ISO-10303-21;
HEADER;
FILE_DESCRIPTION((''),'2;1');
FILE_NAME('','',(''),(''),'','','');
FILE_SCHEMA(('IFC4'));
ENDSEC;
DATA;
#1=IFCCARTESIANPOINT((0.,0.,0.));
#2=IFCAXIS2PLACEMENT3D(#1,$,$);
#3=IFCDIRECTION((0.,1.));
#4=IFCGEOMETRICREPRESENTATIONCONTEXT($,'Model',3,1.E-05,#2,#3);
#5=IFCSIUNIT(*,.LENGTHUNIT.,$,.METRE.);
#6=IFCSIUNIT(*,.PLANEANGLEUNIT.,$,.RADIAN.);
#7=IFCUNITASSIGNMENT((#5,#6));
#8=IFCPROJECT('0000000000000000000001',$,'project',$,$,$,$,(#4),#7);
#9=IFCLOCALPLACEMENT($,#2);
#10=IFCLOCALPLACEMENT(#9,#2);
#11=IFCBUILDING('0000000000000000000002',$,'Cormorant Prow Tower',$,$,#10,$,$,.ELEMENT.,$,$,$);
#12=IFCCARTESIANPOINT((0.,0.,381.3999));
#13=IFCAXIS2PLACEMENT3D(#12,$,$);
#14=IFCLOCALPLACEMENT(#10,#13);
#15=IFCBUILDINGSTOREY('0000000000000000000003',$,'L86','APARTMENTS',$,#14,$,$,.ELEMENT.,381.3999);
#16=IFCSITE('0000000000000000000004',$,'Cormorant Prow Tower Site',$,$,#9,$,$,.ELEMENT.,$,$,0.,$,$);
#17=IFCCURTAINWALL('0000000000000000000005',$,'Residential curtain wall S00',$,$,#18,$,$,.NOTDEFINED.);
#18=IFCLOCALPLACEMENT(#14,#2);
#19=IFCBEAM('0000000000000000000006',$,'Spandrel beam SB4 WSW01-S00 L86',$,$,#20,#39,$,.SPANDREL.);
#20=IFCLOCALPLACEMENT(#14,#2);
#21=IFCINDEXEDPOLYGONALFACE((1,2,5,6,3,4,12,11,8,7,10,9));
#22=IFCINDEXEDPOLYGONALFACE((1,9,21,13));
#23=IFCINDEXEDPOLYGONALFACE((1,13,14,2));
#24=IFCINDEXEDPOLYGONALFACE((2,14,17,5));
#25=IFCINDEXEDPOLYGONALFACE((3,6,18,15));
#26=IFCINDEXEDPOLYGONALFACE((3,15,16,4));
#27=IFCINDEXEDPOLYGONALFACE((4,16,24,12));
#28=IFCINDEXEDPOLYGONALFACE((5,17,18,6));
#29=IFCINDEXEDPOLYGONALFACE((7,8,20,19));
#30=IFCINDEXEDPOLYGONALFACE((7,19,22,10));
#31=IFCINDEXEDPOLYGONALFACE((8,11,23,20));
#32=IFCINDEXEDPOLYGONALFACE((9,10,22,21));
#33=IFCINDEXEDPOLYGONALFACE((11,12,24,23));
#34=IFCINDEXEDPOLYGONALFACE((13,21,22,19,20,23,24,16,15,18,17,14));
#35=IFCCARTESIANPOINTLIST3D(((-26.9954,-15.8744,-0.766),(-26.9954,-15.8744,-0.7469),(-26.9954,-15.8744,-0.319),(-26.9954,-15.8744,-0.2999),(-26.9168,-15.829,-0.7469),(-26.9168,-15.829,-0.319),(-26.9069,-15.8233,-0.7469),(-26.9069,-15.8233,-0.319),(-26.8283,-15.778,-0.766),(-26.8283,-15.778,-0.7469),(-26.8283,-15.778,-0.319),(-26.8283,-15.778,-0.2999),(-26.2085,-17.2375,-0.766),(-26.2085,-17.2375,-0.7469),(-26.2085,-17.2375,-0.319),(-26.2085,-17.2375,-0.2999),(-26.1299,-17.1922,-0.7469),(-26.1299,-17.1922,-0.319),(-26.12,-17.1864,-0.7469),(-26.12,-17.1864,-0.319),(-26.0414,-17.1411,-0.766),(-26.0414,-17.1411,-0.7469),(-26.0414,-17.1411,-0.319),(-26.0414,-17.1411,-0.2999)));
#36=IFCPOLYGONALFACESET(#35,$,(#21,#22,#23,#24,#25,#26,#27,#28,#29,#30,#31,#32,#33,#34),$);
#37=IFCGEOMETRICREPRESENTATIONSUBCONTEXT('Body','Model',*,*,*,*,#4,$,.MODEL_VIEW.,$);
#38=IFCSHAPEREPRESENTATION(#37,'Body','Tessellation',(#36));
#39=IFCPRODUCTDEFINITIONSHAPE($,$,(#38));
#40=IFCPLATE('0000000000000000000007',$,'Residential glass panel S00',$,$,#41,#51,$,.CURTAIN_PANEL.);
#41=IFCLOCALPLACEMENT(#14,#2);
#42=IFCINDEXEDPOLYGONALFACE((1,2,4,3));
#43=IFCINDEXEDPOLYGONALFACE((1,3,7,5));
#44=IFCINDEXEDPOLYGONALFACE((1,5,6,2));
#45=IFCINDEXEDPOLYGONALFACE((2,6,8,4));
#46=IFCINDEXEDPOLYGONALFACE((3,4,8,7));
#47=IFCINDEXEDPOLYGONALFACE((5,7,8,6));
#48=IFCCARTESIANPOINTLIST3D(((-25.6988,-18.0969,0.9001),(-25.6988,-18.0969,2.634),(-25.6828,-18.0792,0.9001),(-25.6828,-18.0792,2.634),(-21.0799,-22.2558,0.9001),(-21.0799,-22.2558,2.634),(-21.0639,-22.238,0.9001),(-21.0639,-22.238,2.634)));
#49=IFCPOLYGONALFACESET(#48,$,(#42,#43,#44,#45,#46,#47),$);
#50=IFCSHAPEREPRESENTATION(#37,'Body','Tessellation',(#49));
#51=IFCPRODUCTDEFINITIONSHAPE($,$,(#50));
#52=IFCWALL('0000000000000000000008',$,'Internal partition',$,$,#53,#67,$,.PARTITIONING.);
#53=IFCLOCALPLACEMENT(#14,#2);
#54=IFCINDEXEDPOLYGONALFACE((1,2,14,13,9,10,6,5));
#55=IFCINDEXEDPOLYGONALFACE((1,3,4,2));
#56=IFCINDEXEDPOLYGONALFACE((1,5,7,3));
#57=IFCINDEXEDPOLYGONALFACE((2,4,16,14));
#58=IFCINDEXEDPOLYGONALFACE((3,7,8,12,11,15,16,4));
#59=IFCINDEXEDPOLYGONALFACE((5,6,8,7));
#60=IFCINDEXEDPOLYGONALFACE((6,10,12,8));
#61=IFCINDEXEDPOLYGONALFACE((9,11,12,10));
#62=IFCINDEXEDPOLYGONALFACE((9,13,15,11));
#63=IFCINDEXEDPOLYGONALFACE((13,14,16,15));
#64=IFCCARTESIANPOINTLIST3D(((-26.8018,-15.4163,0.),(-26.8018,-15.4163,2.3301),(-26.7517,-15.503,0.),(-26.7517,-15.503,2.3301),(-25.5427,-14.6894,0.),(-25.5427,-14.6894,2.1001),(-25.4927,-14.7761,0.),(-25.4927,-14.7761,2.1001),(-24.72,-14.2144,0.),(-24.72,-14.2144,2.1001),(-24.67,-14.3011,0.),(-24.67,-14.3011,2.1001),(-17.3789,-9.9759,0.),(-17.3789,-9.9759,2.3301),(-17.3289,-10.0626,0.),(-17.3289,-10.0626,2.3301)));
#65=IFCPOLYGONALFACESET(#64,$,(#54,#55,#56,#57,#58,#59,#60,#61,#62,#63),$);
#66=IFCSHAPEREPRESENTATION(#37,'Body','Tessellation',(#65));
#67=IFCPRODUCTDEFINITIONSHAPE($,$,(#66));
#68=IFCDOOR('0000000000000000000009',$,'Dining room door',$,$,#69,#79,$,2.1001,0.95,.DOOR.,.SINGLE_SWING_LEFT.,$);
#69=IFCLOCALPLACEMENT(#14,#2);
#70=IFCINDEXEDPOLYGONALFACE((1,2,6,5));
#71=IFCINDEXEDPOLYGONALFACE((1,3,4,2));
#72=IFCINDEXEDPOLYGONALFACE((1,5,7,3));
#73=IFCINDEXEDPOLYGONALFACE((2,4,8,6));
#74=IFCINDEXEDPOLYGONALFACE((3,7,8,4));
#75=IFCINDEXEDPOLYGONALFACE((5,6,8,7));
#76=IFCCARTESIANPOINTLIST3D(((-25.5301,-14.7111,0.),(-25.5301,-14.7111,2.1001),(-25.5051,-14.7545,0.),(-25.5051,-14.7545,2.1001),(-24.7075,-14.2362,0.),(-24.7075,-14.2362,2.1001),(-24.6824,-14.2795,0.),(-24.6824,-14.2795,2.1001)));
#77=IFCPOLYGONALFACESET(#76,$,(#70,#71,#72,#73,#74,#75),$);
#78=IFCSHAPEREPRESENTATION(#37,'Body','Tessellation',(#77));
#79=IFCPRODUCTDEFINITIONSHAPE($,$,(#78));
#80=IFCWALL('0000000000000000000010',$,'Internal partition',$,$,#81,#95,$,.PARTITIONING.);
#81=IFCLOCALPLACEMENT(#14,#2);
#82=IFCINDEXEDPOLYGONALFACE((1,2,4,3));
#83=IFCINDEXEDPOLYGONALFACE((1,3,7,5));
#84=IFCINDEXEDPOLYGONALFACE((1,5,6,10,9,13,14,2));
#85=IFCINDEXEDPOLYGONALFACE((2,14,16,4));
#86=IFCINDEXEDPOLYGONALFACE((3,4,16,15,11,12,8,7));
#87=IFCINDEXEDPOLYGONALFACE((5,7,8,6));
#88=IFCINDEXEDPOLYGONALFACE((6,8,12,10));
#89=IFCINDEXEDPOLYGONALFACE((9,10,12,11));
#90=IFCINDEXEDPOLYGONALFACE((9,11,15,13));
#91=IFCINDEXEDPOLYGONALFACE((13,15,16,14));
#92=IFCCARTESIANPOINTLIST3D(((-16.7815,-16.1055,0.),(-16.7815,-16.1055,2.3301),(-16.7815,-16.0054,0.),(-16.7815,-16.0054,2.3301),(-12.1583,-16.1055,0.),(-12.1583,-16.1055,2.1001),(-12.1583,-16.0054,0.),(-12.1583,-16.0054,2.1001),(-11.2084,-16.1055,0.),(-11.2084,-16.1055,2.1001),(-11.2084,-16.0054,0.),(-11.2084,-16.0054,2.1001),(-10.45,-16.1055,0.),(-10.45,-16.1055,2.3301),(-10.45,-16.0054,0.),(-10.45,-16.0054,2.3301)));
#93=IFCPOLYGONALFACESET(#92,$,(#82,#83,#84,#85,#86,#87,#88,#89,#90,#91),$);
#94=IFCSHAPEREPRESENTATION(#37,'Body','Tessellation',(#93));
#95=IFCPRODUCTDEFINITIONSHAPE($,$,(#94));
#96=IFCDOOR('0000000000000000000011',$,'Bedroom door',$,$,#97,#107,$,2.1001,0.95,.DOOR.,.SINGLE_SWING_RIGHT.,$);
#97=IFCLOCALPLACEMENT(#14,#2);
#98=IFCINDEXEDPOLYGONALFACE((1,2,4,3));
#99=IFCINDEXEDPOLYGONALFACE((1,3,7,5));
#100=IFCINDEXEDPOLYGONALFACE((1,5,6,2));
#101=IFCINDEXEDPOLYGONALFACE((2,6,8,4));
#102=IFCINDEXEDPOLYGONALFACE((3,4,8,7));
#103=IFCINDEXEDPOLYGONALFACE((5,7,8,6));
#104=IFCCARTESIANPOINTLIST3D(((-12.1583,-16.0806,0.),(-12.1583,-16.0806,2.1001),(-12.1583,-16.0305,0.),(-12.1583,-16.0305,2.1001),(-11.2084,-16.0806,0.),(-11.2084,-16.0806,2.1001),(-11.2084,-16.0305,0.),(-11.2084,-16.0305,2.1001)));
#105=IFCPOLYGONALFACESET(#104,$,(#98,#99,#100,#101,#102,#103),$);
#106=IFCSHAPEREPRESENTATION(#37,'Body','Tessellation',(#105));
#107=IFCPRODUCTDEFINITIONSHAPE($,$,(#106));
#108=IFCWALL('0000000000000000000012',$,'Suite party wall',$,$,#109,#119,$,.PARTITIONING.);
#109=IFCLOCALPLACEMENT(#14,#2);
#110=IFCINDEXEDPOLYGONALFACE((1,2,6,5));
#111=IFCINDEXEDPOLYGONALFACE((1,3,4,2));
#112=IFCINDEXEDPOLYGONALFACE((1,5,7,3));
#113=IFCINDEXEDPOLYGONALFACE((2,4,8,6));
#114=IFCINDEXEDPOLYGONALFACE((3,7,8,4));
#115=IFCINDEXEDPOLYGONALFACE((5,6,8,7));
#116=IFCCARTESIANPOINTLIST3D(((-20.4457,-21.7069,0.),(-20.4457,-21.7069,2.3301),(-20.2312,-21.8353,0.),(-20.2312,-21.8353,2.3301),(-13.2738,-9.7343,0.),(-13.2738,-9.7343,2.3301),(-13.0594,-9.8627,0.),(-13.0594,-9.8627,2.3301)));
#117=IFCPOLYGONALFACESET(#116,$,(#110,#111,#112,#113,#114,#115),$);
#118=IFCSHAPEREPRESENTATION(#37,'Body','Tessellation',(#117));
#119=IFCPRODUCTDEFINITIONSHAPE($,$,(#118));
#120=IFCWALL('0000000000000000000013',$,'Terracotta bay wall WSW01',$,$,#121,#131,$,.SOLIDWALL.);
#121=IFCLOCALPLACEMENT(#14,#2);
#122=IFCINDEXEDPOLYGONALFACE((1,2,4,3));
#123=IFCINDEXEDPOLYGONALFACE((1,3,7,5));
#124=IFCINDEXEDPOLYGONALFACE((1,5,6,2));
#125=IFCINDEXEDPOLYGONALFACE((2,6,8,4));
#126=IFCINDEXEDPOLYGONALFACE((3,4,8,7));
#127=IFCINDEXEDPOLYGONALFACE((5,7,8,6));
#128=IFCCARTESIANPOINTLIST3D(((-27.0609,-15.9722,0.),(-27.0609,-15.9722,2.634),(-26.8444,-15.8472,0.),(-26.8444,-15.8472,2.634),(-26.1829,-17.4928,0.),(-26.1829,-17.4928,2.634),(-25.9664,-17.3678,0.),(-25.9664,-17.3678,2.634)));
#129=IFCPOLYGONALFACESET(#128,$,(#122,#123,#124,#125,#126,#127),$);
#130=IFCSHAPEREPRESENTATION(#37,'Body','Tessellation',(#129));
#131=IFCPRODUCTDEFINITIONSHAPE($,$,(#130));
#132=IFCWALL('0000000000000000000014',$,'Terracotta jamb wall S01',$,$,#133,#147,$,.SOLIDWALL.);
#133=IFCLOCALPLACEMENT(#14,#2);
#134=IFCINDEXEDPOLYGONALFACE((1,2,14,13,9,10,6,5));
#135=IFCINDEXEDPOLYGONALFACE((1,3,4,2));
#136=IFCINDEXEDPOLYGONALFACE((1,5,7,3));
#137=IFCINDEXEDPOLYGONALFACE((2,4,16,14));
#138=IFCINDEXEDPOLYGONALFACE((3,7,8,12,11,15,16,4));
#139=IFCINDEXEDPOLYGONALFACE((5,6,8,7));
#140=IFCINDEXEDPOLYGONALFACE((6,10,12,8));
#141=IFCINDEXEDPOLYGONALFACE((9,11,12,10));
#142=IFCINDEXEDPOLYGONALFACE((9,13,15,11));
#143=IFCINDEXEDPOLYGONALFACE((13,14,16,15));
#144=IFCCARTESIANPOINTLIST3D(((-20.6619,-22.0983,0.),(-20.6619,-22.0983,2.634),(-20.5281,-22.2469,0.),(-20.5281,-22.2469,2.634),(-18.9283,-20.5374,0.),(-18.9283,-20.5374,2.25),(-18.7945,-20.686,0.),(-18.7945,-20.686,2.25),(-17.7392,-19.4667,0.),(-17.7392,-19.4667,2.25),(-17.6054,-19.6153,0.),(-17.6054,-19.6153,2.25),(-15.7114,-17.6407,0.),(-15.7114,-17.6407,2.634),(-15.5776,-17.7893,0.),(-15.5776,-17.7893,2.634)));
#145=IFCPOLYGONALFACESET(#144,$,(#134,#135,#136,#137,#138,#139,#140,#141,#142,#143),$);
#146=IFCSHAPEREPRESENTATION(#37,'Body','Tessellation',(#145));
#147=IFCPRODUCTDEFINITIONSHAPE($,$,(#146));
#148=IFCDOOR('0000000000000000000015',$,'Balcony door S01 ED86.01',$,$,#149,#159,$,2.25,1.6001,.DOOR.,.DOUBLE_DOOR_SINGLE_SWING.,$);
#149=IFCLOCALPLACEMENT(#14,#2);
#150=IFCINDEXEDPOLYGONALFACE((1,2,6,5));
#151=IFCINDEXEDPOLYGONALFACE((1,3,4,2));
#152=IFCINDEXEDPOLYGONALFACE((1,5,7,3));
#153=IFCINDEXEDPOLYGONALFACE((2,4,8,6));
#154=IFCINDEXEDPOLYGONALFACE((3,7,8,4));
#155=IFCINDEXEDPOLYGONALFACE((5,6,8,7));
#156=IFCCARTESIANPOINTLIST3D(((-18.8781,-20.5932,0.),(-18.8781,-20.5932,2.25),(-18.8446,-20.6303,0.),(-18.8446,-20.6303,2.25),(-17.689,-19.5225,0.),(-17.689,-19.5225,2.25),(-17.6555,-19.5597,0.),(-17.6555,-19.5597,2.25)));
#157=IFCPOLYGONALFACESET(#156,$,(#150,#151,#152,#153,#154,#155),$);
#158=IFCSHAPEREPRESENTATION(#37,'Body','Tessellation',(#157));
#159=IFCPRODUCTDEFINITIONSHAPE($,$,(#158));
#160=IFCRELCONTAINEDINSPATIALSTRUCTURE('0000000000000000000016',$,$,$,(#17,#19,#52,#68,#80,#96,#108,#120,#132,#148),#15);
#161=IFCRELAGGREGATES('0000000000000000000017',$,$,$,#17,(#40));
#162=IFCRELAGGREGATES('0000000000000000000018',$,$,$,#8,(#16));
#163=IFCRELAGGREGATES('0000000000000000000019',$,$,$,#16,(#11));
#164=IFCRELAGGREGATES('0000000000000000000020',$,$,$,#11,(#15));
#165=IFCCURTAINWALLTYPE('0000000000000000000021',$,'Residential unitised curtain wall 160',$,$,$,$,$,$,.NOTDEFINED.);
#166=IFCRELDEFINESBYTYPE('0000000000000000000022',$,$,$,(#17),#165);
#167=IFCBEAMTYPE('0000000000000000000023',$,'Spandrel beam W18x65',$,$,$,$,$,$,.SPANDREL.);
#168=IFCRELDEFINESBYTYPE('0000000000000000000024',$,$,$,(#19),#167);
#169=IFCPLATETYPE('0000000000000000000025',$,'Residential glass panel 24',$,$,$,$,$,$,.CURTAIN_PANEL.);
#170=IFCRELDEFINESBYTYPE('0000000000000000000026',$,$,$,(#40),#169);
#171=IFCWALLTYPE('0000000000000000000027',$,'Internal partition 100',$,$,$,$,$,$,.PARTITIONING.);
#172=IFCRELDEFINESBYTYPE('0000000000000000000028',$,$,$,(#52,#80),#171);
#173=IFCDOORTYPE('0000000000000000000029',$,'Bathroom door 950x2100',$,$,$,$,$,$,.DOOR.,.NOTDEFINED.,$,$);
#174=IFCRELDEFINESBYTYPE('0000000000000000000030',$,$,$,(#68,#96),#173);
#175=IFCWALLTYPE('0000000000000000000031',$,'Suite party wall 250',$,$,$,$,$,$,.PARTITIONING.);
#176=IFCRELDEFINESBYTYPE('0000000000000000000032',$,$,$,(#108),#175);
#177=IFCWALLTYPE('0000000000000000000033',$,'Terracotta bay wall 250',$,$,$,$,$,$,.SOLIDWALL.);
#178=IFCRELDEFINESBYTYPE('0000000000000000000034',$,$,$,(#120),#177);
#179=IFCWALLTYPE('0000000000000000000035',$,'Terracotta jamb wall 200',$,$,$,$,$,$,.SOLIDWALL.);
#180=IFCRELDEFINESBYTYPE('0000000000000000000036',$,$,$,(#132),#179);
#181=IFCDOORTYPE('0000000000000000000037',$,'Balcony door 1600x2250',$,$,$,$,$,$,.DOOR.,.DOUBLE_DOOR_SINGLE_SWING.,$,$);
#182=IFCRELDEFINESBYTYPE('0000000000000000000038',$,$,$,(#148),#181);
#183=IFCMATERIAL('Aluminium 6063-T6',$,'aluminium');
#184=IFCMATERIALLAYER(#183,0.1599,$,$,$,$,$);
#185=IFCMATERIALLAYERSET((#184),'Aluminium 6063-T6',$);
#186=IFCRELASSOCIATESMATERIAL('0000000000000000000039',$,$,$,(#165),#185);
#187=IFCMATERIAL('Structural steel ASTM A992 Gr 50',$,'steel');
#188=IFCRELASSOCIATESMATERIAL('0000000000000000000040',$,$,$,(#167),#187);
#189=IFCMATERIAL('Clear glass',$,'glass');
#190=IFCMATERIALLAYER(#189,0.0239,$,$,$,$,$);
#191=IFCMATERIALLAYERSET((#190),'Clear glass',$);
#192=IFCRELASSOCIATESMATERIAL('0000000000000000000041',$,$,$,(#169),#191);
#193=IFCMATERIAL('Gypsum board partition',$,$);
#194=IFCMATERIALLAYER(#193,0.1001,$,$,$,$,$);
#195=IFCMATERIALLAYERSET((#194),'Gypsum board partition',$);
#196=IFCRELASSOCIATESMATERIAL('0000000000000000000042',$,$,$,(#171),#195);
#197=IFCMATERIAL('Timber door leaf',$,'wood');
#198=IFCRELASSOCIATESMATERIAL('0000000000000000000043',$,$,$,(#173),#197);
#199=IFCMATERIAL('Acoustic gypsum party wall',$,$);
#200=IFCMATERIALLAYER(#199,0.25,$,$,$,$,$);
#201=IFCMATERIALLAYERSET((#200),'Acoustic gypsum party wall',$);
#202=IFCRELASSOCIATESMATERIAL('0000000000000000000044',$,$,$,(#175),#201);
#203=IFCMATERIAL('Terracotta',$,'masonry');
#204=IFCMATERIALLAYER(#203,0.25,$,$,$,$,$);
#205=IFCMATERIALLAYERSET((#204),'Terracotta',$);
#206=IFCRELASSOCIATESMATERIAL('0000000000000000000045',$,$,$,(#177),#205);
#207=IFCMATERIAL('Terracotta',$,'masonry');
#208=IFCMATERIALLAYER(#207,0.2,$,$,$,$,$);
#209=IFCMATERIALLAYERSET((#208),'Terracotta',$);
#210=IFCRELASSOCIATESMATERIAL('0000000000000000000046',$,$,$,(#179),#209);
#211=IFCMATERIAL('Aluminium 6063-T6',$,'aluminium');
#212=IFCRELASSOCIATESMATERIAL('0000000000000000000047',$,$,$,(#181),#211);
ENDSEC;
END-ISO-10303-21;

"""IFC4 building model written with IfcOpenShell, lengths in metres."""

from ifc_helpers import new_model, si_unit, direction, frame, frame_2d, origin, origin_2d, place, context, subcontext, project, spatial, rectangle, i_section, extrude, material, layer, layer_set, material_profile, profile_set, type_object, element, fill, aggregate, save


model = new_model("IFC4")

# Units and contexts
model_context = context("Model", 3, precision=1e-05, world=origin(), true_north=direction((0.0, 1.0)))
body_context = subcontext(model_context, "Body", "Model", "MODEL_VIEW")
ifc_project = project(units=[si_unit("LENGTHUNIT", "METRE"), si_unit("PLANEANGLEUNIT", "RADIAN")], contexts=[model_context])

# Site, building, storey
site_placement = place(None, origin())
site = spatial("IfcSite", under=ifc_project, at=site_placement, Name="Cormorant Prow Tower Site", CompositionType="ELEMENT", RefElevation=0.0)
building_placement = place(site_placement, origin())
building = spatial("IfcBuilding", under=site, at=building_placement, Name="Cormorant Prow Tower", CompositionType="ELEMENT")
storey_placement = place(building_placement, frame((0.0, 0.0, 381.3999)))
storey = spatial("IfcBuildingStorey", under=building, at=storey_placement, Name="L86", Description="APARTMENTS", CompositionType="ELEMENT", Elevation=381.3999)

# Curtain wall
ifc_material_1 = material(Name="Aluminium 6063-T6", Category="aluminium")
ifc_layer_1 = layer(ifc_material_1, 0.1599)
ifc_layer_set_1 = layer_set([ifc_layer_1], Name="Aluminium 6063-T6")
curtain_wall_type = type_object("IfcCurtainWallType", Name="Residential unitised curtain wall 160", PredefinedType="NOTDEFINED", material=ifc_layer_set_1)
curtain_wall_placement = place(storey_placement, origin())
curtain_wall = element("IfcCurtainWall", 1, at=curtain_wall_placement, inside=storey, type_object=curtain_wall_type, Name="Residential curtain wall S00", PredefinedType="NOTDEFINED")

# Beam
ifc_material_2 = material(Name="Structural steel ASTM A992 Gr 50", Category="steel")
ifc_material_profile_1 = material_profile(ifc_material_2, i_section(OverallWidth=0.1929, OverallDepth=0.4661, WebThickness=0.0115, FlangeThickness=0.019, at=origin_2d()), Name="W18x65")
ifc_profile_set_1 = profile_set([ifc_material_profile_1], Name="Structural steel ASTM A992 Gr 50")
beam_type = type_object("IfcBeamType", Name="Spandrel beam W18x65", PredefinedType="SPANDREL", material=ifc_profile_set_1)
for number, where, z_axis, x_axis, name in (
    (2, (-26.9119, -15.8262, -0.533), (0.49996, -0.866049, 0.0), (0.866049, 0.49996, 0.0), "Spandrel beam SB4 WSW01-S00 L86"),
):
    element("IfcBeam", number, at=place(storey_placement, frame(where, z_axis=z_axis, x_axis=x_axis)), inside=storey, type_object=beam_type, Name=name, PredefinedType="SPANDREL", context=body_context, shape_type="SweptSolid", body=[
        extrude(i_section(OverallWidth=0.1929, OverallDepth=0.4661, WebThickness=0.0115, FlangeThickness=0.019, at=origin_2d()), origin(), (0.0, 0.0, 1.0), 1.574),
    ])

# Plate
ifc_material_3 = material(Name="Clear glass", Category="glass")
ifc_layer_2 = layer(ifc_material_3, 0.0239)
ifc_layer_set_2 = layer_set([ifc_layer_2], Name="Clear glass")
plate_type = type_object("IfcPlateType", Name="Residential glass panel 24", PredefinedType="CURTAIN_PANEL", material=ifc_layer_set_2)
plate_placement = place(storey_placement, frame((-23.3813, -20.1675, 0.9001), z_axis=(0.0, 0.0, 1.0), x_axis=(0.743145, -0.669131, 0.0)))
plate = element("IfcPlate", 3, at=plate_placement, type_object=plate_type, Name="Residential glass panel S00", PredefinedType="CURTAIN_PANEL", context=body_context, shape_type="SweptSolid", body=[
    extrude(rectangle(XDim=6.2153, YDim=0.0239, at=origin_2d()), origin(), (0.0, 0.0, 1.0), 1.7339),
])
aggregate(curtain_wall, [plate])

# Walls, openings, doors
ifc_material_4 = material(Name="Gypsum board partition")
ifc_layer_3 = layer(ifc_material_4, 0.1001)
ifc_layer_set_3 = layer_set([ifc_layer_3], Name="Gypsum board partition")
wall_type_1 = type_object("IfcWallType", Name="Internal partition 100", PredefinedType="PARTITIONING", material=ifc_layer_set_3)
wall_1_placement = place(storey_placement, frame((-26.7769, -15.4597, 0.0), z_axis=(0.0, 0.0, 1.0), x_axis=(0.86602, 0.50001, 0.0)))
wall_1 = element("IfcWall", 4, at=wall_1_placement, inside=storey, type_object=wall_type_1, Name="Internal partition", PredefinedType="PARTITIONING", context=body_context, shape_type="SweptSolid", body=[
    extrude(rectangle(XDim=10.8806, YDim=0.1001, at=frame_2d((5.4404, 0.0))), origin(), (0.0, 0.0, 1.0), 2.3301),
])
opening_1_placement = place(wall_1_placement, frame((1.4539, 0.0, 0.0)))
opening_1 = element("IfcOpeningElement", 5, at=opening_1_placement, cuts=wall_1, PredefinedType="OPENING", context=body_context, shape_type="SweptSolid", body=[
    extrude(rectangle(XDim=0.95, YDim=2.1001, at=frame_2d((0.4751, 1.05))), frame((0.0, 0.0601, 0.0), z_axis=(0.0, -1.0, 0.0), x_axis=(1.0, 0.0, 0.0)), (0.0, 0.0, 1.0), 0.1201),
])
ifc_material_5 = material(Name="Timber door leaf", Category="wood")
door_type_1 = type_object("IfcDoorType", Name="Bathroom door 950x2100", OperationType="NOTDEFINED", PredefinedType="DOOR", material=ifc_material_5)
door_1_placement = place(opening_1_placement, origin())
door_1 = element("IfcDoor", 6, at=door_1_placement, inside=storey, type_object=door_type_1, Name="Dining room door", OperationType="SINGLE_SWING_LEFT", OverallHeight=2.1001, OverallWidth=0.95, PredefinedType="DOOR", context=body_context, shape_type="SweptSolid", body=[
    extrude(rectangle(XDim=0.95, YDim=2.1001, at=frame_2d((0.4751, 1.05))), frame((0.0, 0.0249, 0.0), z_axis=(0.0, -1.0, 0.0), x_axis=(1.0, 0.0, 0.0)), (0.0, 0.0, 1.0), 0.05),
])
fill(opening_1, door_1)
wall_2_placement = place(storey_placement, frame((-16.7815, -16.0554, 0.0), z_axis=(0.0, 0.0, 1.0), x_axis=(1.0, 0.0, 0.0)))
wall_2 = element("IfcWall", 7, at=wall_2_placement, inside=storey, type_object=wall_type_1, Name="Internal partition", PredefinedType="PARTITIONING", context=body_context, shape_type="SweptSolid", body=[
    extrude(rectangle(XDim=6.3315, YDim=0.1001, at=frame_2d((3.1658, 0.0))), origin(), (0.0, 0.0, 1.0), 2.3301),
])
opening_2_placement = place(wall_2_placement, frame((4.623, 0.0, 0.0)))
opening_2 = element("IfcOpeningElement", 8, at=opening_2_placement, cuts=wall_2, PredefinedType="OPENING", context=body_context, shape_type="SweptSolid", body=[
    extrude(rectangle(XDim=0.95, YDim=2.1001, at=frame_2d((0.4751, 1.05))), frame((0.0, 0.0601, 0.0), z_axis=(0.0, -1.0, 0.0), x_axis=(1.0, 0.0, 0.0)), (0.0, 0.0, 1.0), 0.1201),
])
door_2_placement = place(opening_2_placement, origin())
door_2 = element("IfcDoor", 9, at=door_2_placement, inside=storey, type_object=door_type_1, Name="Bedroom door", OperationType="SINGLE_SWING_RIGHT", OverallHeight=2.1001, OverallWidth=0.95, PredefinedType="DOOR", context=body_context, shape_type="SweptSolid", body=[
    extrude(rectangle(XDim=0.95, YDim=2.1001, at=frame_2d((0.4751, 1.05))), frame((0.0, 0.0249, 0.0), z_axis=(0.0, -1.0, 0.0), x_axis=(1.0, 0.0, 0.0)), (0.0, 0.0, 1.0), 0.05),
])
fill(opening_2, door_2)

# Walls
ifc_material_6 = material(Name="Acoustic gypsum party wall")
ifc_layer_4 = layer(ifc_material_6, 0.25)
ifc_layer_set_4 = layer_set([ifc_layer_4], Name="Acoustic gypsum party wall")
wall_type_2 = type_object("IfcWallType", Name="Suite party wall 250", PredefinedType="PARTITIONING", material=ifc_layer_set_4)
wall_3_placement = place(storey_placement, frame((-20.3384, -21.771, 0.0), z_axis=(0.0, 0.0, 1.0), x_axis=(0.513878, 0.857863, 0.0)))
element("IfcWall", 10, at=wall_3_placement, inside=storey, type_object=wall_type_2, Name="Suite party wall", PredefinedType="PARTITIONING", context=body_context, shape_type="SweptSolid", body=[
    extrude(rectangle(XDim=13.9563, YDim=0.25, at=frame_2d((6.978, 0.0))), origin(), (0.0, 0.0, 1.0), 2.3301),
])
ifc_material_7 = material(Name="Terracotta", Category="masonry")
ifc_layer_5 = layer(ifc_material_7, 0.25)
ifc_layer_set_5 = layer_set([ifc_layer_5], Name="Terracotta")
wall_type_3 = type_object("IfcWallType", Name="Terracotta bay wall 250", PredefinedType="SOLIDWALL", material=ifc_layer_set_5)
wall_4_placement = place(storey_placement, frame((-26.9526, -15.9097, 0.0), z_axis=(0.0, 0.0, 1.0), x_axis=(0.500027, -0.86601, 0.0)))
element("IfcWall", 11, at=wall_4_placement, inside=storey, type_object=wall_type_3, Name="Terracotta bay wall WSW01", PredefinedType="SOLIDWALL", context=body_context, shape_type="SweptSolid", body=[
    extrude(rectangle(XDim=1.7559, YDim=0.25, at=frame_2d((0.8779, 0.0))), origin(), (0.0, 0.0, 1.0), 2.634),
])

# Wall, opening, door
ifc_material_8 = material(Name="Terracotta", Category="masonry")
ifc_layer_6 = layer(ifc_material_8, 0.2)
ifc_layer_set_6 = layer_set([ifc_layer_6], Name="Terracotta")
wall_type_4 = type_object("IfcWallType", Name="Terracotta jamb wall 200", PredefinedType="SOLIDWALL", material=ifc_layer_set_6)
wall_5_placement = place(storey_placement, frame((-20.595, -22.1726, 0.0), z_axis=(0.0, 0.0, 1.0), x_axis=(0.743136, 0.669141, 0.0)))
wall_5 = element("IfcWall", 12, at=wall_5_placement, inside=storey, type_object=wall_type_4, Name="Terracotta jamb wall S01", PredefinedType="SOLIDWALL", context=body_context, shape_type="SweptSolid", body=[
    extrude(rectangle(XDim=6.6616, YDim=0.2, at=frame_2d((3.3308, 0.0))), origin(), (0.0, 0.0, 1.0), 2.634),
])
opening_3_placement = place(wall_5_placement, frame((2.3328, 0.0, 0.0)))
opening_3 = element("IfcOpeningElement", 13, at=opening_3_placement, cuts=wall_5, PredefinedType="OPENING", context=body_context, shape_type="SweptSolid", body=[
    extrude(rectangle(XDim=1.6001, YDim=2.25, at=frame_2d((0.8, 1.125))), frame((0.0, 0.1099, 0.0), z_axis=(0.0, -1.0, 0.0), x_axis=(1.0, 0.0, 0.0)), (0.0, 0.0, 1.0), 0.22),
])
ifc_material_9 = material(Name="Aluminium 6063-T6", Category="aluminium")
door_type_2 = type_object("IfcDoorType", Name="Balcony door 1600x2250", OperationType="DOUBLE_DOOR_SINGLE_SWING", PredefinedType="DOOR", material=ifc_material_9)
door_3_placement = place(opening_3_placement, origin())
door_3 = element("IfcDoor", 14, at=door_3_placement, inside=storey, type_object=door_type_2, Name="Balcony door S01 ED86.01", OperationType="DOUBLE_DOOR_SINGLE_SWING", OverallHeight=2.25, OverallWidth=1.6001, PredefinedType="DOOR", context=body_context, shape_type="SweptSolid", body=[
    extrude(rectangle(XDim=1.6001, YDim=2.25, at=frame_2d((0.8, 1.125))), frame((0.0, 0.0249, 0.0), z_axis=(0.0, -1.0, 0.0), x_axis=(1.0, 0.0, 0.0)), (0.0, 0.0, 1.0), 0.05),
])
fill(opening_3, door_3)

save(model, "model.ifc")
